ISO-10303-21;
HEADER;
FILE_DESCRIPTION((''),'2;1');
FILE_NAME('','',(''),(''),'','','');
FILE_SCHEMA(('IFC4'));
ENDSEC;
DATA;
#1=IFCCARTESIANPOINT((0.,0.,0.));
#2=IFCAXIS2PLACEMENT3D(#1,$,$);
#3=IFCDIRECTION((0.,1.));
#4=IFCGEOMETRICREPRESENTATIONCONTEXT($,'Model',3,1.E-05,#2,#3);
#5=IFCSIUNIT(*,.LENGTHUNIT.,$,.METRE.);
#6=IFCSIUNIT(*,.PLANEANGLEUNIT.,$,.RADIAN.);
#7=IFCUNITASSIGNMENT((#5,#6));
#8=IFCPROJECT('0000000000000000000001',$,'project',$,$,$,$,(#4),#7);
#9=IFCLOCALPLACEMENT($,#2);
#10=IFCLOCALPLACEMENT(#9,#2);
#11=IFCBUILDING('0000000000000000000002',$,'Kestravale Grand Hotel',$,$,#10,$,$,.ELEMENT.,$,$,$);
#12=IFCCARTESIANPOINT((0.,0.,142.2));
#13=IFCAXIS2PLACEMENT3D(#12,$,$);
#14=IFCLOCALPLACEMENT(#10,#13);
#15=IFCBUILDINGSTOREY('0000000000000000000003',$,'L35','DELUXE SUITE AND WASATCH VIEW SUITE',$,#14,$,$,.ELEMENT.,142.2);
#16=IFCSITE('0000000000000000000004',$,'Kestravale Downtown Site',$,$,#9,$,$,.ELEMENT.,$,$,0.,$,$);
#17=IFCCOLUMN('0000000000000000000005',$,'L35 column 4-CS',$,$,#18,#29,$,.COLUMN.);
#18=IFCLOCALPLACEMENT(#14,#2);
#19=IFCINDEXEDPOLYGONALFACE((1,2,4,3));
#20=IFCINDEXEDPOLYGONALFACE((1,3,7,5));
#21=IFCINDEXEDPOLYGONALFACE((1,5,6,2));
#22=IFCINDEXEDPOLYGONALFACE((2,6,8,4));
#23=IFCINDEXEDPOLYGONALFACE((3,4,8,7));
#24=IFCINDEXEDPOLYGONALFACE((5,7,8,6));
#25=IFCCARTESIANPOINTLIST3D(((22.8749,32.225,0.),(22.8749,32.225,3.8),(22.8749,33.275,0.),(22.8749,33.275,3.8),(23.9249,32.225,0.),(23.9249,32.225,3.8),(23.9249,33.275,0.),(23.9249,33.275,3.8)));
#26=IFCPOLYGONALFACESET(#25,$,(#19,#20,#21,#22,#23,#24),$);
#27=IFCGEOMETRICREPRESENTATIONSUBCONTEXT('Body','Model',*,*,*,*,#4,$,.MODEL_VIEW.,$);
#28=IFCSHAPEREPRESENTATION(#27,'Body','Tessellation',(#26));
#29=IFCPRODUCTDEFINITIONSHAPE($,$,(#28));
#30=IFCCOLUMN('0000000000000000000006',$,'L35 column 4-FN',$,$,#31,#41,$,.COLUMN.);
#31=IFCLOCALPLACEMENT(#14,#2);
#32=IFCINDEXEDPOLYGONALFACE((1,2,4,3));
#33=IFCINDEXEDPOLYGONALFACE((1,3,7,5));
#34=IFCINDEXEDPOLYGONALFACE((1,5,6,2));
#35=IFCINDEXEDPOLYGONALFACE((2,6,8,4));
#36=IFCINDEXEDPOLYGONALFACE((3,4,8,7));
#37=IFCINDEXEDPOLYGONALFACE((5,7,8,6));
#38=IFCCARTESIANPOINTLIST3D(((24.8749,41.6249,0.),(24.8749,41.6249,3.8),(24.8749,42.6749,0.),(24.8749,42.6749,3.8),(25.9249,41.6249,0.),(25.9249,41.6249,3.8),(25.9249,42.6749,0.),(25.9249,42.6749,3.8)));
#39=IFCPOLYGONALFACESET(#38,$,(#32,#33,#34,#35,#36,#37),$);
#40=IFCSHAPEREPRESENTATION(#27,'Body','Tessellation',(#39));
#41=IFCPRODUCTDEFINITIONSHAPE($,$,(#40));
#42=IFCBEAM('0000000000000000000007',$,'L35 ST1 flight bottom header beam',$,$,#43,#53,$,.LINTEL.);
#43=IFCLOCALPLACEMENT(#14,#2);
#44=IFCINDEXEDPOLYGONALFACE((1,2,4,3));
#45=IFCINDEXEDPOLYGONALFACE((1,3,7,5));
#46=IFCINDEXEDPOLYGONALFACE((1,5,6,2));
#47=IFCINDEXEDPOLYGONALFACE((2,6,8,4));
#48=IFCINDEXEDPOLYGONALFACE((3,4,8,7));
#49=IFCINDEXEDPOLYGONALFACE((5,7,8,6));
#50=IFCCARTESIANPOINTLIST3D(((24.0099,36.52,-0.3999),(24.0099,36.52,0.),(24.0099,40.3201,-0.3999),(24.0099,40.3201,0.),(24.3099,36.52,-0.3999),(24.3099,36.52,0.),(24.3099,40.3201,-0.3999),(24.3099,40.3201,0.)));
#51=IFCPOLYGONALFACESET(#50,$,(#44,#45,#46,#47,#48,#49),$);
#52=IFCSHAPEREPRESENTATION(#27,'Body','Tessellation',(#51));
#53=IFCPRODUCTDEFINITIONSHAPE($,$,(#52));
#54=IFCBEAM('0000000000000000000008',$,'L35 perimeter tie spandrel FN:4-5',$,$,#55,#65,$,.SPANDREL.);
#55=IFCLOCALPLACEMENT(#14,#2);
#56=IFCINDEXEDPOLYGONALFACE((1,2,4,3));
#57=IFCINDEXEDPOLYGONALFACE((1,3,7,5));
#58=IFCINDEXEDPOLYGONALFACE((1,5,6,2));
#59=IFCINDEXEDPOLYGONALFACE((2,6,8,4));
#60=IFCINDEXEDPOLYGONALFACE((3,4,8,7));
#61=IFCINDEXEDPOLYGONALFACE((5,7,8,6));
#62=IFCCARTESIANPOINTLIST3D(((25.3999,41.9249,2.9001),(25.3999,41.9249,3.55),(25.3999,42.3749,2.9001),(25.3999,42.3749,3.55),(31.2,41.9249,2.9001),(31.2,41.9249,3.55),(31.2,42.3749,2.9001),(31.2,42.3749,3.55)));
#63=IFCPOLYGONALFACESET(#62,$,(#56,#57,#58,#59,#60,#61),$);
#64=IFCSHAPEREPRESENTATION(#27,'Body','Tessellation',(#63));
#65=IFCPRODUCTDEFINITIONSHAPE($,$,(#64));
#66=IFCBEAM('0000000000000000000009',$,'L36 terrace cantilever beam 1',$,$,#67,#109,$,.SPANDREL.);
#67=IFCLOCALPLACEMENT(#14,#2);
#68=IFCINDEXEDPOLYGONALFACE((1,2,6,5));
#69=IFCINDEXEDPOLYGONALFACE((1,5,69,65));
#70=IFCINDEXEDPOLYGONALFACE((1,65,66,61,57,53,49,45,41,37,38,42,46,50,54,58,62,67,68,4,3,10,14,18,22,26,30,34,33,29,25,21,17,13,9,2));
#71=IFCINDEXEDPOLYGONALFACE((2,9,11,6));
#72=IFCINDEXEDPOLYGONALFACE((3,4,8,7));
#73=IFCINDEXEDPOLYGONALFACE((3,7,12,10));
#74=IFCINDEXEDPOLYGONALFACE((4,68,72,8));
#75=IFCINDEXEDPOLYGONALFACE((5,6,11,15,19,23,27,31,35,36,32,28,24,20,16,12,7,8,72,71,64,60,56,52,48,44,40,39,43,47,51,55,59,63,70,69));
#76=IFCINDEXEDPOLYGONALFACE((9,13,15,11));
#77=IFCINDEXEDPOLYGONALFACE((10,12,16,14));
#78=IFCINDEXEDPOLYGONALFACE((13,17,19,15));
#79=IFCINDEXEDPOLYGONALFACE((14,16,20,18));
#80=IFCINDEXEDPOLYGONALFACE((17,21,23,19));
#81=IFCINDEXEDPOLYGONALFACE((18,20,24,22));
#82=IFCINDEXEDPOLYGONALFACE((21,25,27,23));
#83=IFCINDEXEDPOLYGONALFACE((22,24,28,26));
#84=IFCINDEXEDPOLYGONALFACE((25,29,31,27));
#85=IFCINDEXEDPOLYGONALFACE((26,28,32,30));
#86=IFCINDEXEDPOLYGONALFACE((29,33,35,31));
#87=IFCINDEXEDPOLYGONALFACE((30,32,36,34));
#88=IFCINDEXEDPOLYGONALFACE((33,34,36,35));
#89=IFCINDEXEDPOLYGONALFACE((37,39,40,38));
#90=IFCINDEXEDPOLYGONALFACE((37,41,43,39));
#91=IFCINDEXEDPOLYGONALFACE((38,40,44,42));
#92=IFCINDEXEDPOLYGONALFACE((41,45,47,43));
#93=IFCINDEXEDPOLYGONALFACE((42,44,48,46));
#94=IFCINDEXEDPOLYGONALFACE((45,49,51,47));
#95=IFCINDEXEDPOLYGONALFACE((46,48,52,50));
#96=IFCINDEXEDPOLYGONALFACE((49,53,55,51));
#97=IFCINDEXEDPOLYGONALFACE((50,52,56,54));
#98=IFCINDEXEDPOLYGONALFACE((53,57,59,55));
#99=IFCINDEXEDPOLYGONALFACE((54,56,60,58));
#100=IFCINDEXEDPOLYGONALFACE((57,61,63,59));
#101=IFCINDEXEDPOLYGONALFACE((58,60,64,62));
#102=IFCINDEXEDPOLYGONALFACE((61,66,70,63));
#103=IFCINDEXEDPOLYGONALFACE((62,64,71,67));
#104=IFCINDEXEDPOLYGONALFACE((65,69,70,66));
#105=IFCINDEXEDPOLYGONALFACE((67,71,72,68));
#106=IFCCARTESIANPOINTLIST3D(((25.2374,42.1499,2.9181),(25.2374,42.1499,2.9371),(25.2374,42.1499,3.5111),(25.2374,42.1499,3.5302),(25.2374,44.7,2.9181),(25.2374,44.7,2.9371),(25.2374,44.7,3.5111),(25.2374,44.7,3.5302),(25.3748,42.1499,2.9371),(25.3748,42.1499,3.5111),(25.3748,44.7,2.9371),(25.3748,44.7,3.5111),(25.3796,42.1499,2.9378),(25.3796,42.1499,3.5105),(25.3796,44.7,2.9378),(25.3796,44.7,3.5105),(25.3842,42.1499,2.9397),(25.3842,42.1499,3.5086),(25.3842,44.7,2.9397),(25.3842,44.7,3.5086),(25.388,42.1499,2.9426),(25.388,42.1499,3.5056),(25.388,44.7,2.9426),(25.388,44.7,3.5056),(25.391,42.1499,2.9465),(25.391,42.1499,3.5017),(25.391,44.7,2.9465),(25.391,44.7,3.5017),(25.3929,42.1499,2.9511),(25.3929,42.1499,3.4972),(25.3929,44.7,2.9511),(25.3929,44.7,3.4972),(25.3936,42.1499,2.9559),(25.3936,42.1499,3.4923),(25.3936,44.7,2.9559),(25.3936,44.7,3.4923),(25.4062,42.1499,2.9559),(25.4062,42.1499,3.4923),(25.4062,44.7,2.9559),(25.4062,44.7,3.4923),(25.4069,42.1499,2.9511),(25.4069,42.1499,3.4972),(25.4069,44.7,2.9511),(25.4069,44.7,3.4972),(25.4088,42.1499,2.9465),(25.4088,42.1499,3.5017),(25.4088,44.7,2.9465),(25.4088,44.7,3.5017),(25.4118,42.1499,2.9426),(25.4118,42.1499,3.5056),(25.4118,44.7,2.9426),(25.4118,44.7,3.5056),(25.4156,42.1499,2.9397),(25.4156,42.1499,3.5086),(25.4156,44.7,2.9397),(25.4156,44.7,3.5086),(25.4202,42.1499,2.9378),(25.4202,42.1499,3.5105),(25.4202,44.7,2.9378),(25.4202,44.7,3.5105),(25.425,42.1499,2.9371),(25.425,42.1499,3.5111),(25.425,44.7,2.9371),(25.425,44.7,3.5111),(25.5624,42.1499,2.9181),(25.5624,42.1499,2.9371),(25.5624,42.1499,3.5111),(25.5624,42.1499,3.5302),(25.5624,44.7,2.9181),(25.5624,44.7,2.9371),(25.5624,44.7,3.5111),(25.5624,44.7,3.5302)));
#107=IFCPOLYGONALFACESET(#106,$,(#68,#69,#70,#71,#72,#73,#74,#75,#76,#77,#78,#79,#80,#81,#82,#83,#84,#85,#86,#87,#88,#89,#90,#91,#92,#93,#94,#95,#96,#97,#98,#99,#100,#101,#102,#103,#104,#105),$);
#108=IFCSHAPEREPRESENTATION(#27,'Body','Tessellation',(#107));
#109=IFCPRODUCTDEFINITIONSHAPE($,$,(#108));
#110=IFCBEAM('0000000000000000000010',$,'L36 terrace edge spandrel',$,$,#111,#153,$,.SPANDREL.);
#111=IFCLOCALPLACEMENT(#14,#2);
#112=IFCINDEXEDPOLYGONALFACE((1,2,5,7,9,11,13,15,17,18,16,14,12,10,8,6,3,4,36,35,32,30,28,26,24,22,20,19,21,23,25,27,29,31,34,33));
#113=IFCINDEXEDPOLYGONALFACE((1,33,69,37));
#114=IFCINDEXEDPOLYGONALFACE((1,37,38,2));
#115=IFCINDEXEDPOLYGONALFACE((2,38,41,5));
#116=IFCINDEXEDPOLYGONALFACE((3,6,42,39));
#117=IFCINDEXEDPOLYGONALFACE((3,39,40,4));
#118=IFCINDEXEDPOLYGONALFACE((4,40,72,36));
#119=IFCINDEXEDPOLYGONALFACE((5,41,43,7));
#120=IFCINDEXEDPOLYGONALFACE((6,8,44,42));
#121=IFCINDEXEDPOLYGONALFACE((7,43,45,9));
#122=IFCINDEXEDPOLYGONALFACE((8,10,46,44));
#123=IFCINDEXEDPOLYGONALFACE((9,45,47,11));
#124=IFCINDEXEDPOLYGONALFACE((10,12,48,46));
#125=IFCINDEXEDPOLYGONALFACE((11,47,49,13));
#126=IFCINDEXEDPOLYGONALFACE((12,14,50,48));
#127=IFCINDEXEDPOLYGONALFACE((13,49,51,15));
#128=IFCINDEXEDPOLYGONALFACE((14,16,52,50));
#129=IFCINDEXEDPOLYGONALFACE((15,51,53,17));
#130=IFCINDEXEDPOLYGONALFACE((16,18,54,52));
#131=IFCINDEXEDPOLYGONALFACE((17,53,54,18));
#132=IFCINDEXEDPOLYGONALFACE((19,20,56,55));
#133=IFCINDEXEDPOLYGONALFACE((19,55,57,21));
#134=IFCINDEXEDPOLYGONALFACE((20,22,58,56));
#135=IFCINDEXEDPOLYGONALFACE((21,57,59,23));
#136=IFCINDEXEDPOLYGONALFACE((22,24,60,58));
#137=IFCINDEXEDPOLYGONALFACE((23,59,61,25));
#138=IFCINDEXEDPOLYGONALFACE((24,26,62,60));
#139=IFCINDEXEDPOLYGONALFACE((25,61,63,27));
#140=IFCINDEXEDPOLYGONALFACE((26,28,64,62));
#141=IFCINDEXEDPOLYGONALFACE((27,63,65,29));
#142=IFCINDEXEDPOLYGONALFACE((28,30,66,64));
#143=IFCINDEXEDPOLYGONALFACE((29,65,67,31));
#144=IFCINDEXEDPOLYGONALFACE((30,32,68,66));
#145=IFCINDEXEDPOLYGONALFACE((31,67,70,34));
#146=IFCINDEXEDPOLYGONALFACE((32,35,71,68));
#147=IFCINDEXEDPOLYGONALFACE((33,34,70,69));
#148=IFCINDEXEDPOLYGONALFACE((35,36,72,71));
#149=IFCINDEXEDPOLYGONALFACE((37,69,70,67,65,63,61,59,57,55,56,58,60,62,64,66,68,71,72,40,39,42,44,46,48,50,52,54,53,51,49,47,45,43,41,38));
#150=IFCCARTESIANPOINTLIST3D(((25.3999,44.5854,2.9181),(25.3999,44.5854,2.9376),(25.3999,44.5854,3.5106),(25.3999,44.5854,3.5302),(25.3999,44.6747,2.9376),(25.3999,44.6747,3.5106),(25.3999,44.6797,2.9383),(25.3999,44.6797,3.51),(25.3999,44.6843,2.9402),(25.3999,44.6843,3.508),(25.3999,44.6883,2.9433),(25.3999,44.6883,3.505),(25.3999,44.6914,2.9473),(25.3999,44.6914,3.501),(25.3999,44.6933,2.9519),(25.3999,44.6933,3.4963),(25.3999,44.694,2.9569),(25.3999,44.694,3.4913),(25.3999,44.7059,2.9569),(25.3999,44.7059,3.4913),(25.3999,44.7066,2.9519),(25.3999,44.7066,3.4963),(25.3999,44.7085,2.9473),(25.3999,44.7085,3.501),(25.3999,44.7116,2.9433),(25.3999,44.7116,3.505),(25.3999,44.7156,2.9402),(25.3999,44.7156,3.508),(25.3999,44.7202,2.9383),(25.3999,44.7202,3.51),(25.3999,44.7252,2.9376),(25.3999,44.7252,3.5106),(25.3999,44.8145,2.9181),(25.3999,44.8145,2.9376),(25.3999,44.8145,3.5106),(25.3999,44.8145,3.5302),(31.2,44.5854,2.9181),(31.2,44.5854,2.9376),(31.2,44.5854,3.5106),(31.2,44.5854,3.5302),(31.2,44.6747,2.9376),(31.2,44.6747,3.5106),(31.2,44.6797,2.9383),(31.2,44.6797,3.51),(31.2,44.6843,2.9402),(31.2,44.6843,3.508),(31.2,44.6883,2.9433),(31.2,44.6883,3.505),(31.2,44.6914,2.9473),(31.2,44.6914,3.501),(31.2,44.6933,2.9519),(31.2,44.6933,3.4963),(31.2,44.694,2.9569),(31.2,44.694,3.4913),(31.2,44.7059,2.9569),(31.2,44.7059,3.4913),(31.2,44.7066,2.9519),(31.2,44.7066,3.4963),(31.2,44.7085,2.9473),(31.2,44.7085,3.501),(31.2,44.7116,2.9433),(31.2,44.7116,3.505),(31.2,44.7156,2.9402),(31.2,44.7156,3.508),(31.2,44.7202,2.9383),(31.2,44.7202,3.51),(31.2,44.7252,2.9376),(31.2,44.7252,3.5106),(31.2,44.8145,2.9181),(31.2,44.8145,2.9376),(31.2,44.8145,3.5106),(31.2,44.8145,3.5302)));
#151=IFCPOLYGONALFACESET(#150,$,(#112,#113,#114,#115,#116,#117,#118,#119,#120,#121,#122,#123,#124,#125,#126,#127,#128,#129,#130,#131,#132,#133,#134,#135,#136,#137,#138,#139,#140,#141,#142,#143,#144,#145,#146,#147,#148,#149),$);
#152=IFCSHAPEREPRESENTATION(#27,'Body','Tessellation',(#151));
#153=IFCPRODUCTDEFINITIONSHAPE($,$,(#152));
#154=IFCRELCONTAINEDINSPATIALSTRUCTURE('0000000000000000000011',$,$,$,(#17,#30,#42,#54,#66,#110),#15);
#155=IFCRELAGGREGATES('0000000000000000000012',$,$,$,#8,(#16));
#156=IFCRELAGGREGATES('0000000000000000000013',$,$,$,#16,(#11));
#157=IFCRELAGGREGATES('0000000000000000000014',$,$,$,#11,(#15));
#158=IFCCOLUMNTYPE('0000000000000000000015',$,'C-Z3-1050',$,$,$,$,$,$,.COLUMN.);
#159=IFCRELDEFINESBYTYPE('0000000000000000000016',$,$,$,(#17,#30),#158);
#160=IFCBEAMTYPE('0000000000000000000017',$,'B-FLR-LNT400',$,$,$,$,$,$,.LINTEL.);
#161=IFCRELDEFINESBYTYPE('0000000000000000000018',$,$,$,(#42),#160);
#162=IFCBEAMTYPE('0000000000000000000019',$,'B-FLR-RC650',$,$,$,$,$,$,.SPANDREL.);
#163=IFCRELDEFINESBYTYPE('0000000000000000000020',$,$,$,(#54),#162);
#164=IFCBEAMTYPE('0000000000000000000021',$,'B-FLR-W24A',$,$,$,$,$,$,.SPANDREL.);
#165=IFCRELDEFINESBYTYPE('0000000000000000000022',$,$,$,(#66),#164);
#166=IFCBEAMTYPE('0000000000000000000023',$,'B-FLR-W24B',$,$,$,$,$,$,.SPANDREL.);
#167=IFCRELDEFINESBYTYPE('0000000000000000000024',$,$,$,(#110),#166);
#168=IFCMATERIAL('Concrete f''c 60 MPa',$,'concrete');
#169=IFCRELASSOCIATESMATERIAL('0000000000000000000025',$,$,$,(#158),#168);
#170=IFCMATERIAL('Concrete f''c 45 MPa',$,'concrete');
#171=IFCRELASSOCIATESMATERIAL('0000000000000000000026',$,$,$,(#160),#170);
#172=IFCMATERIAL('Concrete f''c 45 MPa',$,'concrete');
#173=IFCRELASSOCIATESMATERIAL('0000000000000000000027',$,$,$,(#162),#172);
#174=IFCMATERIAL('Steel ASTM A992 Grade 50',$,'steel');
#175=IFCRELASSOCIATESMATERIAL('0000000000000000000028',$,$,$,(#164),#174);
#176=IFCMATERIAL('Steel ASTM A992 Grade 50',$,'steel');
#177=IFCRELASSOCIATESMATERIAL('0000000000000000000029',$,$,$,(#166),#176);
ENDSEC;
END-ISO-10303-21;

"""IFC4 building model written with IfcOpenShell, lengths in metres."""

from ifc_helpers import new_model, si_unit, direction, frame, origin, origin_2d, place, context, subcontext, project, spatial, rectangle, i_section, extrude, material, material_profile, profile_set, type_object, element, save


model = new_model("IFC4")

# Units and contexts
model_context = context("Model", 3, precision=1e-05, world=origin(), true_north=direction((0.0, 1.0)))
body_context = subcontext(model_context, "Body", "Model", "MODEL_VIEW")
ifc_project = project(units=[si_unit("LENGTHUNIT", "METRE"), si_unit("PLANEANGLEUNIT", "RADIAN")], contexts=[model_context])

# Site, building, storey
site_placement = place(None, origin())
site = spatial("IfcSite", under=ifc_project, at=site_placement, Name="Kestravale Downtown Site", CompositionType="ELEMENT", RefElevation=0.0)
building_placement = place(site_placement, origin())
building = spatial("IfcBuilding", under=site, at=building_placement, Name="Kestravale Grand Hotel", CompositionType="ELEMENT")
storey_placement = place(building_placement, frame((0.0, 0.0, 142.2)))
storey = spatial("IfcBuildingStorey", under=building, at=storey_placement, Name="L35", Description="DELUXE SUITE AND WASATCH VIEW SUITE", CompositionType="ELEMENT", Elevation=142.2)

# Columns
ifc_material_1 = material(Name="Concrete f'c 60 MPa", Category="concrete")
ifc_material_profile_1 = material_profile(ifc_material_1, rectangle(XDim=1.05, YDim=1.05, at=origin_2d()))
ifc_profile_set_1 = profile_set([ifc_material_profile_1], Name="Concrete f'c 60 MPa")
column_type = type_object("IfcColumnType", Name="C-Z3-1050", PredefinedType="COLUMN", material=ifc_profile_set_1)
for number, where, z_axis, x_axis, name in (
    (1, (23.3999, 32.75, 0.0), (0.0, 0.0, 1.0), (1.0, 0.0, 0.0), "L35 column 4-CS"),
    (2, (25.3999, 42.1499, 0.0), (0.0, 0.0, 1.0), (1.0, 0.0, 0.0), "L35 column 4-FN"),
):
    element("IfcColumn", number, at=place(storey_placement, frame(where, z_axis=z_axis, x_axis=x_axis)), inside=storey, type_object=column_type, Name=name, PredefinedType="COLUMN", context=body_context, shape_type="SweptSolid", body=[
        extrude(rectangle(XDim=1.05, YDim=1.05, at=origin_2d()), origin(), (0.0, 0.0, 1.0), 3.8),
    ])

# Beams
ifc_material_2 = material(Name="Concrete f'c 45 MPa", Category="concrete")
ifc_material_profile_2 = material_profile(ifc_material_2, rectangle(XDim=0.3, YDim=0.3999, at=origin_2d()))
ifc_profile_set_2 = profile_set([ifc_material_profile_2], Name="Concrete f'c 45 MPa")
beam_type_1 = type_object("IfcBeamType", Name="B-FLR-LNT400", PredefinedType="LINTEL", material=ifc_profile_set_2)
beam_1_placement = place(storey_placement, frame((24.1599, 36.52, -0.2), z_axis=(0.0, 1.0, 0.0), x_axis=(-1.0, 0.0, 0.0)))
element("IfcBeam", 3, at=beam_1_placement, inside=storey, type_object=beam_type_1, Name="L35 ST1 flight bottom header beam", PredefinedType="LINTEL", context=body_context, shape_type="SweptSolid", body=[
    extrude(rectangle(XDim=0.3, YDim=0.3999, at=origin_2d()), origin(), (0.0, 0.0, 1.0), 3.8),
])
ifc_material_3 = material(Name="Concrete f'c 45 MPa", Category="concrete")
ifc_material_profile_3 = material_profile(ifc_material_3, rectangle(XDim=0.45, YDim=0.6499, at=origin_2d()))
ifc_profile_set_3 = profile_set([ifc_material_profile_3], Name="Concrete f'c 45 MPa")
beam_type_2 = type_object("IfcBeamType", Name="B-FLR-RC650", PredefinedType="SPANDREL", material=ifc_profile_set_3)
beam_2_placement = place(storey_placement, frame((25.3999, 42.1499, 3.2251), z_axis=(1.0, 0.0, 0.0), x_axis=(0.0, 1.0, 0.0)))
element("IfcBeam", 4, at=beam_2_placement, inside=storey, type_object=beam_type_2, Name="L35 perimeter tie spandrel FN:4-5", PredefinedType="SPANDREL", context=body_context, shape_type="SweptSolid", body=[
    extrude(rectangle(XDim=0.45, YDim=0.6499, at=origin_2d()), origin(), (0.0, 0.0, 1.0), 5.8),
])
ifc_material_4 = material(Name="Steel ASTM A992 Grade 50", Category="steel")
ifc_material_profile_4 = material_profile(ifc_material_4, i_section(OverallWidth=0.325, OverallDepth=0.6121, WebThickness=0.0127, FlangeThickness=0.019, FilletRadius=0.0188, at=origin_2d()))
ifc_profile_set_4 = profile_set([ifc_material_profile_4], Name="Steel ASTM A992 Grade 50")
beam_type_3 = type_object("IfcBeamType", Name="B-FLR-W24A", PredefinedType="SPANDREL", material=ifc_profile_set_4)
beam_3_placement = place(storey_placement, frame((25.3999, 42.1499, 3.2241), z_axis=(0.0, 1.0, 0.0), x_axis=(-1.0, 0.0, 0.0)))
element("IfcBeam", 5, at=beam_3_placement, inside=storey, type_object=beam_type_3, Name="L36 terrace cantilever beam 1", PredefinedType="SPANDREL", context=body_context, shape_type="SweptSolid", body=[
    extrude(i_section(OverallWidth=0.325, OverallDepth=0.6121, WebThickness=0.0127, FlangeThickness=0.019, FilletRadius=0.0188, at=origin_2d()), origin(), (0.0, 0.0, 1.0), 2.55),
])
ifc_material_5 = material(Name="Steel ASTM A992 Grade 50", Category="steel")
ifc_material_profile_5 = material_profile(ifc_material_5, i_section(OverallWidth=0.229, OverallDepth=0.6121, WebThickness=0.012, FlangeThickness=0.0195, FilletRadius=0.0193, at=origin_2d()))
ifc_profile_set_5 = profile_set([ifc_material_profile_5], Name="Steel ASTM A992 Grade 50")
beam_type_4 = type_object("IfcBeamType", Name="B-FLR-W24B", PredefinedType="SPANDREL", material=ifc_profile_set_5)
beam_4_placement = place(storey_placement, frame((25.3999, 44.7, 3.2241), z_axis=(1.0, 0.0, 0.0), x_axis=(0.0, 1.0, 0.0)))
element("IfcBeam", 6, at=beam_4_placement, inside=storey, type_object=beam_type_4, Name="L36 terrace edge spandrel", PredefinedType="SPANDREL", context=body_context, shape_type="SweptSolid", body=[
    extrude(i_section(OverallWidth=0.229, OverallDepth=0.6121, WebThickness=0.012, FlangeThickness=0.0195, FilletRadius=0.0193, at=origin_2d()), origin(), (0.0, 0.0, 1.0), 5.8),
])

save(model, "model.ifc")
